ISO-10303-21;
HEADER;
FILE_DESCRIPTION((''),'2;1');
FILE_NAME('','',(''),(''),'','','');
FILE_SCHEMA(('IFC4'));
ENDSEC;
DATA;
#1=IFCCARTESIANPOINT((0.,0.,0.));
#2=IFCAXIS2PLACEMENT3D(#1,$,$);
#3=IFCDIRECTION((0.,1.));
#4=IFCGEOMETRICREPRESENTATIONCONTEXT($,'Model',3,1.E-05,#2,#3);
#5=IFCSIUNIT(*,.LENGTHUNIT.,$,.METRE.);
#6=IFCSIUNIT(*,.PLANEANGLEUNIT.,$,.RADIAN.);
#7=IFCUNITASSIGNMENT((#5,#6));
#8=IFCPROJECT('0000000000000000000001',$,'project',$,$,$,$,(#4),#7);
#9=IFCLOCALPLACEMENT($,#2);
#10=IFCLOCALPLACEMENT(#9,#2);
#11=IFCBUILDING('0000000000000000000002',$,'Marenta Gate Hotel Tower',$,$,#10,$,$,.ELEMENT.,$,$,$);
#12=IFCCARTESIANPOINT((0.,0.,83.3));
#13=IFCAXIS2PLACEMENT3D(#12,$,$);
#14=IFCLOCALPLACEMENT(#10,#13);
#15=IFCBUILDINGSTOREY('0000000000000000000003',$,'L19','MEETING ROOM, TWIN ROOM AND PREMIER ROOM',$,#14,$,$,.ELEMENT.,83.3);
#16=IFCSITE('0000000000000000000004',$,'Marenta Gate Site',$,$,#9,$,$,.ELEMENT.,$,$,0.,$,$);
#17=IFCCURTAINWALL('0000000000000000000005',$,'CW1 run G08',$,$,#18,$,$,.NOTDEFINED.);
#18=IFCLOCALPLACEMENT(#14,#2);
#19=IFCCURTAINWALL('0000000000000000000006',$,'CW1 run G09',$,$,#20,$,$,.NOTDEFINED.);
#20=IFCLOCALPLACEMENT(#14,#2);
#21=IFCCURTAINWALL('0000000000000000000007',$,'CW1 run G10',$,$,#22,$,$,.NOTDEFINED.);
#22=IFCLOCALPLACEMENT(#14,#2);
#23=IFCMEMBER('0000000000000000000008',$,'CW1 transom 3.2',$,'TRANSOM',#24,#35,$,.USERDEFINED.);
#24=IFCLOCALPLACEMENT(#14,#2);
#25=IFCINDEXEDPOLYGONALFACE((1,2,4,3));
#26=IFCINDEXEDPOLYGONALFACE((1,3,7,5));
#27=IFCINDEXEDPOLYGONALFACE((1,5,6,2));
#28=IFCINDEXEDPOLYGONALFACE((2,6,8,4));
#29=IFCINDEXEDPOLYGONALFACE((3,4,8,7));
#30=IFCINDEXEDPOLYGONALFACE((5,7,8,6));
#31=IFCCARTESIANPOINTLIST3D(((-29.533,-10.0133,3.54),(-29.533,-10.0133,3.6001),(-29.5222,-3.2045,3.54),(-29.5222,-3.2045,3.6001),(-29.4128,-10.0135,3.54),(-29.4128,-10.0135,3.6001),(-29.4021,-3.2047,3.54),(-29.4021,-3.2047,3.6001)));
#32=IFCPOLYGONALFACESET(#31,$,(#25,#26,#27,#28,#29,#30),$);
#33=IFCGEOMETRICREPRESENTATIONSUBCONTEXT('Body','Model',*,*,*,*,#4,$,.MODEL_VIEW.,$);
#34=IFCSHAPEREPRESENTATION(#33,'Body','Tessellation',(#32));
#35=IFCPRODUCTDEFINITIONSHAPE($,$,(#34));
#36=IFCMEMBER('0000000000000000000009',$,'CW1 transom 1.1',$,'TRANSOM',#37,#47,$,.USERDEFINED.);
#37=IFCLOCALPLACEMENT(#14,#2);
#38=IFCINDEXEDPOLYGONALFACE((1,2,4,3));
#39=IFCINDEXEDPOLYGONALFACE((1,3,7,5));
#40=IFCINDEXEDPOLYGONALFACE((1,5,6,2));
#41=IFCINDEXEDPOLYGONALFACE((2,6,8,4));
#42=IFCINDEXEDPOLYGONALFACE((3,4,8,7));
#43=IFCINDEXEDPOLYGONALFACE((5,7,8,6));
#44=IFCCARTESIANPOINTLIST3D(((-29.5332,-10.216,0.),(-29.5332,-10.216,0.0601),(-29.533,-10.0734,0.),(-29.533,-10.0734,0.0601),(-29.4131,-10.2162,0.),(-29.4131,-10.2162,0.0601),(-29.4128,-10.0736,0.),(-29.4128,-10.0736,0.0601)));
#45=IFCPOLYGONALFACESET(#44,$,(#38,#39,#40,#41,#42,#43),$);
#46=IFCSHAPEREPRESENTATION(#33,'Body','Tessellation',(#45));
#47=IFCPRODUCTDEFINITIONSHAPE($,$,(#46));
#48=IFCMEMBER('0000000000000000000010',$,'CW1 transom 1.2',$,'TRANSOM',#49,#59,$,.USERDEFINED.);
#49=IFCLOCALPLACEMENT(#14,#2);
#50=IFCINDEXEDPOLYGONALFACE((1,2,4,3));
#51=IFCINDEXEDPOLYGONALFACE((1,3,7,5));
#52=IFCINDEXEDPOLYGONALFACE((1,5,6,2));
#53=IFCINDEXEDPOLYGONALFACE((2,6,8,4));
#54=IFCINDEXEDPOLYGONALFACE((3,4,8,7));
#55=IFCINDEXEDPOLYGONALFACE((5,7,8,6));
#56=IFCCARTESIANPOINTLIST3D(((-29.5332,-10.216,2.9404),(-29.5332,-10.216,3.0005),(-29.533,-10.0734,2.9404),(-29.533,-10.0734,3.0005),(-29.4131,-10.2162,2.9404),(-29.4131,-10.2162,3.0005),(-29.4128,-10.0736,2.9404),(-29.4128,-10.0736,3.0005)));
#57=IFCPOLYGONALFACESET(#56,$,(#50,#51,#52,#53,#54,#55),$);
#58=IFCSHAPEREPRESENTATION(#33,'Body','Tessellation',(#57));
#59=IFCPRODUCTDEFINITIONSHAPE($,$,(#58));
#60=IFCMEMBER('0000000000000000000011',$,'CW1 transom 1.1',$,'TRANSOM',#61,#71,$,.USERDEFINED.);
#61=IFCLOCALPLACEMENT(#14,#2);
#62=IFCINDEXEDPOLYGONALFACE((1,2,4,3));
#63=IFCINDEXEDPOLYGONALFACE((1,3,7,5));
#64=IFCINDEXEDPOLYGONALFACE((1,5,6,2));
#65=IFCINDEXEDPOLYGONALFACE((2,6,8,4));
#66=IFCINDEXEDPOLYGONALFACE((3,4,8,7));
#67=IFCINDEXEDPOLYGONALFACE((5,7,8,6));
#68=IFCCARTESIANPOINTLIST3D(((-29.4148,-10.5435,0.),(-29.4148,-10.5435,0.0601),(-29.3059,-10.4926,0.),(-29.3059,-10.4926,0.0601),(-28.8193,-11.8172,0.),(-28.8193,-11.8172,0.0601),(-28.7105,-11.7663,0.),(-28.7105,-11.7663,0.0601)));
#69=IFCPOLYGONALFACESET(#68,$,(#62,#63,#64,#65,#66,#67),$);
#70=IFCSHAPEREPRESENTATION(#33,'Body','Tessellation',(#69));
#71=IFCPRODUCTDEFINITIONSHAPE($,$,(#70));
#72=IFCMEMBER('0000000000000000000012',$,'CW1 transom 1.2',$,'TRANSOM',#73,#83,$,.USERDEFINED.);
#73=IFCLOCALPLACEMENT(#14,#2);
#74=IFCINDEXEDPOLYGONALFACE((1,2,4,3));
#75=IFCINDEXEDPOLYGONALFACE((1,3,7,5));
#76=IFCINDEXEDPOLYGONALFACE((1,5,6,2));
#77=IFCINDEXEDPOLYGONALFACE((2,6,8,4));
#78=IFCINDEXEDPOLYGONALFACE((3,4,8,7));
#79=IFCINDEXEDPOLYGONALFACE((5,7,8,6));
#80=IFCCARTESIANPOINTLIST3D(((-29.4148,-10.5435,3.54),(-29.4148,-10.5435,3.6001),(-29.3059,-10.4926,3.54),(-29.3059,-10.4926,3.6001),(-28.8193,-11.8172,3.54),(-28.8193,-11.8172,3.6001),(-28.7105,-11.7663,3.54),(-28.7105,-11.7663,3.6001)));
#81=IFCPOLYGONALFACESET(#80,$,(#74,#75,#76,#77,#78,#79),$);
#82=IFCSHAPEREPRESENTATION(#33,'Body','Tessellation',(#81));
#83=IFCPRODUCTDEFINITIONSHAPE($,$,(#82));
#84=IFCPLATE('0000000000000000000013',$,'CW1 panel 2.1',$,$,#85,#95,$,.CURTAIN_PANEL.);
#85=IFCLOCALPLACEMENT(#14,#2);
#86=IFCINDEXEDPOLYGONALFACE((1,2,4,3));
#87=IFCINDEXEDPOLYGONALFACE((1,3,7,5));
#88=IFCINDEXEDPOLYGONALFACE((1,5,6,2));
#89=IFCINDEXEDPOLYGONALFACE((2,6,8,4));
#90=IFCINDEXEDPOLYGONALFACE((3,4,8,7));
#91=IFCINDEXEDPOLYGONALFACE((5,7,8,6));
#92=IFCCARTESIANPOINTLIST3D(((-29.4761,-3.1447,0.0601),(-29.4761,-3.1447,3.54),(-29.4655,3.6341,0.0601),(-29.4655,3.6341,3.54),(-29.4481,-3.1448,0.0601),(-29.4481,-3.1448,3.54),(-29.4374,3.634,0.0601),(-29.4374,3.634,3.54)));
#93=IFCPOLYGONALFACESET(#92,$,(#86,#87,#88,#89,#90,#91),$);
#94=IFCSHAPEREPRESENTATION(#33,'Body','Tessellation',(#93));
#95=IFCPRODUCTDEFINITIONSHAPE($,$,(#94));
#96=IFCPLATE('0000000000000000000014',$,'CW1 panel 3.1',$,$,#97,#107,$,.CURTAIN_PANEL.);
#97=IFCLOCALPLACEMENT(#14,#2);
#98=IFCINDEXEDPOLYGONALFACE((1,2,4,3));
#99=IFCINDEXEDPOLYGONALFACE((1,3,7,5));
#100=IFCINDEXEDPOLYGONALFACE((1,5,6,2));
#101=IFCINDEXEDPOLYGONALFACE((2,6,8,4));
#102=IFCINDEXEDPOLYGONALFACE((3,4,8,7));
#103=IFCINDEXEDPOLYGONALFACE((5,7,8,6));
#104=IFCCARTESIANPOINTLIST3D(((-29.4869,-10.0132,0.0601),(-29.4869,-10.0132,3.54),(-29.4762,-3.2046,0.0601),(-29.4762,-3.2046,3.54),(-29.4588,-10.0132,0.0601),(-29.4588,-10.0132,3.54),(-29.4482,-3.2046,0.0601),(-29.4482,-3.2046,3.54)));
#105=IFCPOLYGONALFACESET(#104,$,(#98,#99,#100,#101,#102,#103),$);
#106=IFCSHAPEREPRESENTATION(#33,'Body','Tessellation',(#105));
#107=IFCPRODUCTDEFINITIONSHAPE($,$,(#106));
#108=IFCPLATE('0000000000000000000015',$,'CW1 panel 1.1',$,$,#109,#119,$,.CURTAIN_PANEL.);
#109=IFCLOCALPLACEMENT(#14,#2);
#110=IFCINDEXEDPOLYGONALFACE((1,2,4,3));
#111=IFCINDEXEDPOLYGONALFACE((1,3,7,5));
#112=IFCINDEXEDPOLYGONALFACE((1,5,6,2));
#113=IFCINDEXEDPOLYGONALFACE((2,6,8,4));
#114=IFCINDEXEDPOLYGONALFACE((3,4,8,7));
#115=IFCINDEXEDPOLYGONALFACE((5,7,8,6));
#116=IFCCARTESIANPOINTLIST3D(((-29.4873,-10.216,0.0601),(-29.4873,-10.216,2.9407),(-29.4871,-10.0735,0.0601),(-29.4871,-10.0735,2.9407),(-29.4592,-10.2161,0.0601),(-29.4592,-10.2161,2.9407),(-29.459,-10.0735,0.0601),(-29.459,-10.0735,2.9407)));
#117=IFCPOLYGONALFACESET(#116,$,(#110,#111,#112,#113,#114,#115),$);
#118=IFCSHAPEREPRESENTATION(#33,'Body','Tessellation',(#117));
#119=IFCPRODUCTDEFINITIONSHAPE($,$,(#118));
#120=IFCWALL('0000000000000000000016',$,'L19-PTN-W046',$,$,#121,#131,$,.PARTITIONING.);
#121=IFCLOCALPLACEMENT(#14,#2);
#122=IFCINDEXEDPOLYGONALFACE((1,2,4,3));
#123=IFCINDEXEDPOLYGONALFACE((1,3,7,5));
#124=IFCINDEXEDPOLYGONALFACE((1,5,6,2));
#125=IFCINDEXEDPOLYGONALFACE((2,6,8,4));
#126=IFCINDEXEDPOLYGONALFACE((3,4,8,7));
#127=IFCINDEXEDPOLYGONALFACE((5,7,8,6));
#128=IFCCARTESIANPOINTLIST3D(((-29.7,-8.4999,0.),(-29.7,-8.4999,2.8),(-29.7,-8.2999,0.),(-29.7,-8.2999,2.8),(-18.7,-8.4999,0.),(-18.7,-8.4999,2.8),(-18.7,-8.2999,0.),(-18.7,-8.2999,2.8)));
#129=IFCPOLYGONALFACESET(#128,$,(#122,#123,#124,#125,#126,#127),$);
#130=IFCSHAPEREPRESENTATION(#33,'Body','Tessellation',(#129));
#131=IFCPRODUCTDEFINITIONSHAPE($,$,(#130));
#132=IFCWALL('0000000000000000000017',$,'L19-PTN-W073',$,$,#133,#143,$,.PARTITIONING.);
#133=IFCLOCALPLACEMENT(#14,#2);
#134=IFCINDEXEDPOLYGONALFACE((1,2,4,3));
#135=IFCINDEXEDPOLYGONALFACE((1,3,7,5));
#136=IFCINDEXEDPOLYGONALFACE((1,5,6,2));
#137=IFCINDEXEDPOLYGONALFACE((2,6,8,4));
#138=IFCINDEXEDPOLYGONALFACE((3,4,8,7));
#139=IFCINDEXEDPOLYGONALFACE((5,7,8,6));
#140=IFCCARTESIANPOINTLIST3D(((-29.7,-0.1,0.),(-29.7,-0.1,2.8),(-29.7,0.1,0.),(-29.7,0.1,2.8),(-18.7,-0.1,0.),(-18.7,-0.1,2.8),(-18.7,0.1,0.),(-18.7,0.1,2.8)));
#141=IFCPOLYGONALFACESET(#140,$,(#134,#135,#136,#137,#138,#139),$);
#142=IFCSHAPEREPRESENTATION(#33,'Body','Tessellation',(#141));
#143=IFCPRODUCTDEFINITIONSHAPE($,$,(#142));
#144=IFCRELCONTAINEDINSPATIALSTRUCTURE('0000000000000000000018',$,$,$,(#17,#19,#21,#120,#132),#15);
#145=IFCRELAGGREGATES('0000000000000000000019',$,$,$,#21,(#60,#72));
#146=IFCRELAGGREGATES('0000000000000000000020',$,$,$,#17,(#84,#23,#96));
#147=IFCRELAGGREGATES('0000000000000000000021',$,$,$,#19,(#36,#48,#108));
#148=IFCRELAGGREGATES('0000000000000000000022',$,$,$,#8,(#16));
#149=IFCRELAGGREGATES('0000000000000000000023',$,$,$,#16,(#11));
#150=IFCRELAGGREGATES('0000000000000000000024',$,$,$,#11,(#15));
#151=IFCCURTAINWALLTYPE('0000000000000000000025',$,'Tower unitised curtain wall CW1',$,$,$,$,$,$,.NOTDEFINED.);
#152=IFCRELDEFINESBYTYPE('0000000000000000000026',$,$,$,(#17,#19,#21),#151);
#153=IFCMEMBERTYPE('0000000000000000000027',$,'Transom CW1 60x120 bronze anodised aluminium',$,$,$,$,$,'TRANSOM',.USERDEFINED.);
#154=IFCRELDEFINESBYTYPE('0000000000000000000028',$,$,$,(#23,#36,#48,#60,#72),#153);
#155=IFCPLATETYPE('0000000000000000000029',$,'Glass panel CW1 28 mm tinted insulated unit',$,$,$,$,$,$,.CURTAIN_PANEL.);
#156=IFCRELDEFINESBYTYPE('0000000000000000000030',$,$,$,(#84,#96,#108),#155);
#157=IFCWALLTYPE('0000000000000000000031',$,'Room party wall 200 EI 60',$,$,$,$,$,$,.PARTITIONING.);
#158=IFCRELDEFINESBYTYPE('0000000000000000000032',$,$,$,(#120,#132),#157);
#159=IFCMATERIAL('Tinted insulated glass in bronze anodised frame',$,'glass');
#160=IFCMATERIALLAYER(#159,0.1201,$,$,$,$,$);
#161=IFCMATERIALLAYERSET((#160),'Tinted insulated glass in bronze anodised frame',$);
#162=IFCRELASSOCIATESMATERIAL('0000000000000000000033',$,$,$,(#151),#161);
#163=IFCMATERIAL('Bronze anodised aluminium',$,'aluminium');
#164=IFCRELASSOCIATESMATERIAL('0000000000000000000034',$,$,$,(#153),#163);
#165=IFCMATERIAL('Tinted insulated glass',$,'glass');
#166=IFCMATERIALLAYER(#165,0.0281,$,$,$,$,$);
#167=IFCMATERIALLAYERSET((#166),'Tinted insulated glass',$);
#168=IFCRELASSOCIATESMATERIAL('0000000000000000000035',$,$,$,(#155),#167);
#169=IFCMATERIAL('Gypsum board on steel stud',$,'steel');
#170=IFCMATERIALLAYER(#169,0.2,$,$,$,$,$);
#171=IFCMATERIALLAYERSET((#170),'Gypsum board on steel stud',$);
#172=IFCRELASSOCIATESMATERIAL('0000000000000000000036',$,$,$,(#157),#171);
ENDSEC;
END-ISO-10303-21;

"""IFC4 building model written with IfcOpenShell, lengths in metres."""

from ifc_helpers import new_model, si_unit, direction, frame, frame_2d, origin, origin_2d, place, context, subcontext, project, spatial, rectangle, extrude, material, layer, layer_set, material_profile, profile_set, type_object, element, aggregate, save


model = new_model("IFC4")

# Units and contexts
model_context = context("Model", 3, precision=1e-05, world=origin(), true_north=direction((0.0, 1.0)))
body_context = subcontext(model_context, "Body", "Model", "MODEL_VIEW")
ifc_project = project(units=[si_unit("LENGTHUNIT", "METRE"), si_unit("PLANEANGLEUNIT", "RADIAN")], contexts=[model_context])

# Site, building, storey
site_placement = place(None, origin())
site = spatial("IfcSite", under=ifc_project, at=site_placement, Name="Marenta Gate Site", CompositionType="ELEMENT", RefElevation=0.0)
building_placement = place(site_placement, origin())
building = spatial("IfcBuilding", under=site, at=building_placement, Name="Marenta Gate Hotel Tower", CompositionType="ELEMENT")
storey_placement = place(building_placement, frame((0.0, 0.0, 83.3)))
storey = spatial("IfcBuildingStorey", under=building, at=storey_placement, Name="L19", Description="MEETING ROOM, TWIN ROOM AND PREMIER ROOM", CompositionType="ELEMENT", Elevation=83.3)

# Curtain wall
ifc_material_1 = material(Name="Tinted insulated glass in bronze anodised frame", Category="glass")
ifc_layer_1 = layer(ifc_material_1, 0.1201)
ifc_layer_set_1 = layer_set([ifc_layer_1], Name="Tinted insulated glass in bronze anodised frame")
curtain_wall_type = type_object("IfcCurtainWallType", Name="Tower unitised curtain wall CW1", PredefinedType="NOTDEFINED", material=ifc_layer_set_1)
curtain_wall_1_placement = place(storey_placement, origin())
curtain_wall_1 = element("IfcCurtainWall", 1, at=curtain_wall_1_placement, inside=storey, type_object=curtain_wall_type, Name="CW1 run G08", PredefinedType="NOTDEFINED")

# Curtain wall
curtain_wall_2_placement = place(storey_placement, origin())
curtain_wall_2 = element("IfcCurtainWall", 2, at=curtain_wall_2_placement, inside=storey, type_object=curtain_wall_type, Name="CW1 run G09", PredefinedType="NOTDEFINED")

# Curtain wall
curtain_wall_3_placement = place(storey_placement, origin())
curtain_wall_3 = element("IfcCurtainWall", 3, at=curtain_wall_3_placement, inside=storey, type_object=curtain_wall_type, Name="CW1 run G10", PredefinedType="NOTDEFINED")

# Members
ifc_material_2 = material(Name="Bronze anodised aluminium", Category="aluminium")
ifc_material_profile_1 = material_profile(ifc_material_2, rectangle(XDim=0.1201, YDim=0.0601, at=origin_2d()), Name="Transom CW1 60x120 bronze anodised aluminium")
ifc_profile_set_1 = profile_set([ifc_material_profile_1], Name="Bronze anodised aluminium")
member_type_1 = type_object("IfcMemberType", Name="Transom CW1 60x120 bronze anodised aluminium", ElementType="TRANSOM", PredefinedType="USERDEFINED", material=ifc_profile_set_1)
member_1_placement = place(storey_placement, frame((-29.4622, -3.2046, 3.5701), z_axis=(-0.001578, -0.999999, 0.0), x_axis=(0.999999, -0.001578, 0.0)))
member_1 = element("IfcMember", 4, at=member_1_placement, type_object=member_type_1, Name="CW1 transom 3.2", ObjectType="TRANSOM", PredefinedType="USERDEFINED", context=body_context, shape_type="SweptSolid", body=[
    extrude(rectangle(XDim=0.1201, YDim=0.0601, at=origin_2d()), origin(), (0.0, 0.0, 1.0), 6.8088),
])
member_2_placement = place(storey_placement, frame((-29.4729, -10.0735, 0.03), z_axis=(-0.001712, -0.999999, 0.0), x_axis=(0.999999, -0.001712, 0.0)))
member_2 = element("IfcMember", 5, at=member_2_placement, type_object=member_type_1, Name="CW1 transom 1.1", ObjectType="TRANSOM", PredefinedType="USERDEFINED", context=body_context, shape_type="SweptSolid", body=[
    extrude(rectangle(XDim=0.1201, YDim=0.0601, at=origin_2d()), origin(), (0.0, 0.0, 1.0), 0.1426),
])
member_3_placement = place(storey_placement, frame((-29.4729, -10.0735, 2.9705), z_axis=(-0.001712, -0.999999, 0.0), x_axis=(0.999999, -0.001712, 0.0)))
member_3 = element("IfcMember", 6, at=member_3_placement, type_object=member_type_1, Name="CW1 transom 1.2", ObjectType="TRANSOM", PredefinedType="USERDEFINED", context=body_context, shape_type="SweptSolid", body=[
    extrude(rectangle(XDim=0.1201, YDim=0.0601, at=origin_2d()), origin(), (0.0, 0.0, 1.0), 0.1426),
])
member_4_placement = place(storey_placement, frame((-29.3604, -10.5181, 0.03), z_axis=(0.423513, -0.90589, 0.0), x_axis=(0.90589, 0.423513, 0.0)))
member_4 = element("IfcMember", 7, at=member_4_placement, type_object=member_type_1, Name="CW1 transom 1.1", ObjectType="TRANSOM", PredefinedType="USERDEFINED", context=body_context, shape_type="SweptSolid", body=[
    extrude(rectangle(XDim=0.1201, YDim=0.0601, at=origin_2d()), origin(), (0.0, 0.0, 1.0), 1.406),
])
member_5_placement = place(storey_placement, frame((-29.3604, -10.5181, 3.5701), z_axis=(0.423513, -0.90589, 0.0), x_axis=(0.90589, 0.423513, 0.0)))
member_5 = element("IfcMember", 8, at=member_5_placement, type_object=member_type_1, Name="CW1 transom 1.2", ObjectType="TRANSOM", PredefinedType="USERDEFINED", context=body_context, shape_type="SweptSolid", body=[
    extrude(rectangle(XDim=0.1201, YDim=0.0601, at=origin_2d()), origin(), (0.0, 0.0, 1.0), 1.406),
])
aggregate(curtain_wall_3, [member_4, member_5])

# Plates
ifc_material_3 = material(Name="Tinted insulated glass", Category="glass")
ifc_layer_2 = layer(ifc_material_3, 0.0281)
ifc_layer_set_2 = layer_set([ifc_layer_2], Name="Tinted insulated glass")
plate_type = type_object("IfcPlateType", Name="Glass panel CW1 28 mm tinted insulated unit", PredefinedType="CURTAIN_PANEL", material=ifc_layer_set_2)
plate_1_placement = place(storey_placement, frame((-29.4568, 0.2446, 0.0601), z_axis=(0.0, 0.0, 1.0), x_axis=(-0.001565, -0.999999, 0.0)))
plate_1 = element("IfcPlate", 9, at=plate_1_placement, type_object=plate_type, Name="CW1 panel 2.1", PredefinedType="CURTAIN_PANEL", context=body_context, shape_type="SweptSolid", body=[
    extrude(rectangle(XDim=6.7788, YDim=0.0281, at=origin_2d()), origin(), (0.0, 0.0, 1.0), 3.48),
])
plate_2_placement = place(storey_placement, frame((-29.4675, -6.6089, 0.0601), z_axis=(0.0, 0.0, 1.0), x_axis=(-0.001565, -0.999999, 0.0)))
plate_2 = element("IfcPlate", 10, at=plate_2_placement, type_object=plate_type, Name="CW1 panel 3.1", PredefinedType="CURTAIN_PANEL", context=body_context, shape_type="SweptSolid", body=[
    extrude(rectangle(XDim=6.8086, YDim=0.0281, at=origin_2d()), origin(), (0.0, 0.0, 1.0), 3.48),
])
aggregate(curtain_wall_1, [plate_1, member_1, plate_2])
plate_3_placement = place(storey_placement, frame((-29.4731, -10.1448, 0.0601), z_axis=(0.0, 0.0, 1.0), x_axis=(-0.001523, -0.999999, 0.0)))
plate_3 = element("IfcPlate", 11, at=plate_3_placement, type_object=plate_type, Name="CW1 panel 1.1", PredefinedType="CURTAIN_PANEL", context=body_context, shape_type="SweptSolid", body=[
    extrude(rectangle(XDim=0.1426, YDim=0.0281, at=origin_2d()), origin(), (0.0, 0.0, 1.0), 2.8806),
])
aggregate(curtain_wall_2, [member_2, member_3, plate_3])

# Walls
ifc_material_4 = material(Name="Gypsum board on steel stud", Category="steel")
ifc_layer_3 = layer(ifc_material_4, 0.2)
ifc_layer_set_3 = layer_set([ifc_layer_3], Name="Gypsum board on steel stud")
wall_type = type_object("IfcWallType", Name="Room party wall 200 EI 60", PredefinedType="PARTITIONING", material=ifc_layer_set_3)
for number, where, z_axis, x_axis, name in (
    (12, (-29.7, -8.3999, 0.0), (0.0, 0.0, 1.0), (1.0, 0.0, 0.0), "L19-PTN-W046"),
    (13, (-29.7, 0.0, 0.0), (0.0, 0.0, 1.0), (1.0, 0.0, 0.0), "L19-PTN-W073"),
):
    element("IfcWall", number, at=place(storey_placement, frame(where, z_axis=z_axis, x_axis=x_axis)), inside=storey, type_object=wall_type, Name=name, PredefinedType="PARTITIONING", context=body_context, shape_type="SweptSolid", body=[
        extrude(rectangle(XDim=11.0, YDim=0.2, at=frame_2d((5.5, 0.0))), origin(), (0.0, 0.0, 1.0), 2.8),
    ])

save(model, "model.ifc")
